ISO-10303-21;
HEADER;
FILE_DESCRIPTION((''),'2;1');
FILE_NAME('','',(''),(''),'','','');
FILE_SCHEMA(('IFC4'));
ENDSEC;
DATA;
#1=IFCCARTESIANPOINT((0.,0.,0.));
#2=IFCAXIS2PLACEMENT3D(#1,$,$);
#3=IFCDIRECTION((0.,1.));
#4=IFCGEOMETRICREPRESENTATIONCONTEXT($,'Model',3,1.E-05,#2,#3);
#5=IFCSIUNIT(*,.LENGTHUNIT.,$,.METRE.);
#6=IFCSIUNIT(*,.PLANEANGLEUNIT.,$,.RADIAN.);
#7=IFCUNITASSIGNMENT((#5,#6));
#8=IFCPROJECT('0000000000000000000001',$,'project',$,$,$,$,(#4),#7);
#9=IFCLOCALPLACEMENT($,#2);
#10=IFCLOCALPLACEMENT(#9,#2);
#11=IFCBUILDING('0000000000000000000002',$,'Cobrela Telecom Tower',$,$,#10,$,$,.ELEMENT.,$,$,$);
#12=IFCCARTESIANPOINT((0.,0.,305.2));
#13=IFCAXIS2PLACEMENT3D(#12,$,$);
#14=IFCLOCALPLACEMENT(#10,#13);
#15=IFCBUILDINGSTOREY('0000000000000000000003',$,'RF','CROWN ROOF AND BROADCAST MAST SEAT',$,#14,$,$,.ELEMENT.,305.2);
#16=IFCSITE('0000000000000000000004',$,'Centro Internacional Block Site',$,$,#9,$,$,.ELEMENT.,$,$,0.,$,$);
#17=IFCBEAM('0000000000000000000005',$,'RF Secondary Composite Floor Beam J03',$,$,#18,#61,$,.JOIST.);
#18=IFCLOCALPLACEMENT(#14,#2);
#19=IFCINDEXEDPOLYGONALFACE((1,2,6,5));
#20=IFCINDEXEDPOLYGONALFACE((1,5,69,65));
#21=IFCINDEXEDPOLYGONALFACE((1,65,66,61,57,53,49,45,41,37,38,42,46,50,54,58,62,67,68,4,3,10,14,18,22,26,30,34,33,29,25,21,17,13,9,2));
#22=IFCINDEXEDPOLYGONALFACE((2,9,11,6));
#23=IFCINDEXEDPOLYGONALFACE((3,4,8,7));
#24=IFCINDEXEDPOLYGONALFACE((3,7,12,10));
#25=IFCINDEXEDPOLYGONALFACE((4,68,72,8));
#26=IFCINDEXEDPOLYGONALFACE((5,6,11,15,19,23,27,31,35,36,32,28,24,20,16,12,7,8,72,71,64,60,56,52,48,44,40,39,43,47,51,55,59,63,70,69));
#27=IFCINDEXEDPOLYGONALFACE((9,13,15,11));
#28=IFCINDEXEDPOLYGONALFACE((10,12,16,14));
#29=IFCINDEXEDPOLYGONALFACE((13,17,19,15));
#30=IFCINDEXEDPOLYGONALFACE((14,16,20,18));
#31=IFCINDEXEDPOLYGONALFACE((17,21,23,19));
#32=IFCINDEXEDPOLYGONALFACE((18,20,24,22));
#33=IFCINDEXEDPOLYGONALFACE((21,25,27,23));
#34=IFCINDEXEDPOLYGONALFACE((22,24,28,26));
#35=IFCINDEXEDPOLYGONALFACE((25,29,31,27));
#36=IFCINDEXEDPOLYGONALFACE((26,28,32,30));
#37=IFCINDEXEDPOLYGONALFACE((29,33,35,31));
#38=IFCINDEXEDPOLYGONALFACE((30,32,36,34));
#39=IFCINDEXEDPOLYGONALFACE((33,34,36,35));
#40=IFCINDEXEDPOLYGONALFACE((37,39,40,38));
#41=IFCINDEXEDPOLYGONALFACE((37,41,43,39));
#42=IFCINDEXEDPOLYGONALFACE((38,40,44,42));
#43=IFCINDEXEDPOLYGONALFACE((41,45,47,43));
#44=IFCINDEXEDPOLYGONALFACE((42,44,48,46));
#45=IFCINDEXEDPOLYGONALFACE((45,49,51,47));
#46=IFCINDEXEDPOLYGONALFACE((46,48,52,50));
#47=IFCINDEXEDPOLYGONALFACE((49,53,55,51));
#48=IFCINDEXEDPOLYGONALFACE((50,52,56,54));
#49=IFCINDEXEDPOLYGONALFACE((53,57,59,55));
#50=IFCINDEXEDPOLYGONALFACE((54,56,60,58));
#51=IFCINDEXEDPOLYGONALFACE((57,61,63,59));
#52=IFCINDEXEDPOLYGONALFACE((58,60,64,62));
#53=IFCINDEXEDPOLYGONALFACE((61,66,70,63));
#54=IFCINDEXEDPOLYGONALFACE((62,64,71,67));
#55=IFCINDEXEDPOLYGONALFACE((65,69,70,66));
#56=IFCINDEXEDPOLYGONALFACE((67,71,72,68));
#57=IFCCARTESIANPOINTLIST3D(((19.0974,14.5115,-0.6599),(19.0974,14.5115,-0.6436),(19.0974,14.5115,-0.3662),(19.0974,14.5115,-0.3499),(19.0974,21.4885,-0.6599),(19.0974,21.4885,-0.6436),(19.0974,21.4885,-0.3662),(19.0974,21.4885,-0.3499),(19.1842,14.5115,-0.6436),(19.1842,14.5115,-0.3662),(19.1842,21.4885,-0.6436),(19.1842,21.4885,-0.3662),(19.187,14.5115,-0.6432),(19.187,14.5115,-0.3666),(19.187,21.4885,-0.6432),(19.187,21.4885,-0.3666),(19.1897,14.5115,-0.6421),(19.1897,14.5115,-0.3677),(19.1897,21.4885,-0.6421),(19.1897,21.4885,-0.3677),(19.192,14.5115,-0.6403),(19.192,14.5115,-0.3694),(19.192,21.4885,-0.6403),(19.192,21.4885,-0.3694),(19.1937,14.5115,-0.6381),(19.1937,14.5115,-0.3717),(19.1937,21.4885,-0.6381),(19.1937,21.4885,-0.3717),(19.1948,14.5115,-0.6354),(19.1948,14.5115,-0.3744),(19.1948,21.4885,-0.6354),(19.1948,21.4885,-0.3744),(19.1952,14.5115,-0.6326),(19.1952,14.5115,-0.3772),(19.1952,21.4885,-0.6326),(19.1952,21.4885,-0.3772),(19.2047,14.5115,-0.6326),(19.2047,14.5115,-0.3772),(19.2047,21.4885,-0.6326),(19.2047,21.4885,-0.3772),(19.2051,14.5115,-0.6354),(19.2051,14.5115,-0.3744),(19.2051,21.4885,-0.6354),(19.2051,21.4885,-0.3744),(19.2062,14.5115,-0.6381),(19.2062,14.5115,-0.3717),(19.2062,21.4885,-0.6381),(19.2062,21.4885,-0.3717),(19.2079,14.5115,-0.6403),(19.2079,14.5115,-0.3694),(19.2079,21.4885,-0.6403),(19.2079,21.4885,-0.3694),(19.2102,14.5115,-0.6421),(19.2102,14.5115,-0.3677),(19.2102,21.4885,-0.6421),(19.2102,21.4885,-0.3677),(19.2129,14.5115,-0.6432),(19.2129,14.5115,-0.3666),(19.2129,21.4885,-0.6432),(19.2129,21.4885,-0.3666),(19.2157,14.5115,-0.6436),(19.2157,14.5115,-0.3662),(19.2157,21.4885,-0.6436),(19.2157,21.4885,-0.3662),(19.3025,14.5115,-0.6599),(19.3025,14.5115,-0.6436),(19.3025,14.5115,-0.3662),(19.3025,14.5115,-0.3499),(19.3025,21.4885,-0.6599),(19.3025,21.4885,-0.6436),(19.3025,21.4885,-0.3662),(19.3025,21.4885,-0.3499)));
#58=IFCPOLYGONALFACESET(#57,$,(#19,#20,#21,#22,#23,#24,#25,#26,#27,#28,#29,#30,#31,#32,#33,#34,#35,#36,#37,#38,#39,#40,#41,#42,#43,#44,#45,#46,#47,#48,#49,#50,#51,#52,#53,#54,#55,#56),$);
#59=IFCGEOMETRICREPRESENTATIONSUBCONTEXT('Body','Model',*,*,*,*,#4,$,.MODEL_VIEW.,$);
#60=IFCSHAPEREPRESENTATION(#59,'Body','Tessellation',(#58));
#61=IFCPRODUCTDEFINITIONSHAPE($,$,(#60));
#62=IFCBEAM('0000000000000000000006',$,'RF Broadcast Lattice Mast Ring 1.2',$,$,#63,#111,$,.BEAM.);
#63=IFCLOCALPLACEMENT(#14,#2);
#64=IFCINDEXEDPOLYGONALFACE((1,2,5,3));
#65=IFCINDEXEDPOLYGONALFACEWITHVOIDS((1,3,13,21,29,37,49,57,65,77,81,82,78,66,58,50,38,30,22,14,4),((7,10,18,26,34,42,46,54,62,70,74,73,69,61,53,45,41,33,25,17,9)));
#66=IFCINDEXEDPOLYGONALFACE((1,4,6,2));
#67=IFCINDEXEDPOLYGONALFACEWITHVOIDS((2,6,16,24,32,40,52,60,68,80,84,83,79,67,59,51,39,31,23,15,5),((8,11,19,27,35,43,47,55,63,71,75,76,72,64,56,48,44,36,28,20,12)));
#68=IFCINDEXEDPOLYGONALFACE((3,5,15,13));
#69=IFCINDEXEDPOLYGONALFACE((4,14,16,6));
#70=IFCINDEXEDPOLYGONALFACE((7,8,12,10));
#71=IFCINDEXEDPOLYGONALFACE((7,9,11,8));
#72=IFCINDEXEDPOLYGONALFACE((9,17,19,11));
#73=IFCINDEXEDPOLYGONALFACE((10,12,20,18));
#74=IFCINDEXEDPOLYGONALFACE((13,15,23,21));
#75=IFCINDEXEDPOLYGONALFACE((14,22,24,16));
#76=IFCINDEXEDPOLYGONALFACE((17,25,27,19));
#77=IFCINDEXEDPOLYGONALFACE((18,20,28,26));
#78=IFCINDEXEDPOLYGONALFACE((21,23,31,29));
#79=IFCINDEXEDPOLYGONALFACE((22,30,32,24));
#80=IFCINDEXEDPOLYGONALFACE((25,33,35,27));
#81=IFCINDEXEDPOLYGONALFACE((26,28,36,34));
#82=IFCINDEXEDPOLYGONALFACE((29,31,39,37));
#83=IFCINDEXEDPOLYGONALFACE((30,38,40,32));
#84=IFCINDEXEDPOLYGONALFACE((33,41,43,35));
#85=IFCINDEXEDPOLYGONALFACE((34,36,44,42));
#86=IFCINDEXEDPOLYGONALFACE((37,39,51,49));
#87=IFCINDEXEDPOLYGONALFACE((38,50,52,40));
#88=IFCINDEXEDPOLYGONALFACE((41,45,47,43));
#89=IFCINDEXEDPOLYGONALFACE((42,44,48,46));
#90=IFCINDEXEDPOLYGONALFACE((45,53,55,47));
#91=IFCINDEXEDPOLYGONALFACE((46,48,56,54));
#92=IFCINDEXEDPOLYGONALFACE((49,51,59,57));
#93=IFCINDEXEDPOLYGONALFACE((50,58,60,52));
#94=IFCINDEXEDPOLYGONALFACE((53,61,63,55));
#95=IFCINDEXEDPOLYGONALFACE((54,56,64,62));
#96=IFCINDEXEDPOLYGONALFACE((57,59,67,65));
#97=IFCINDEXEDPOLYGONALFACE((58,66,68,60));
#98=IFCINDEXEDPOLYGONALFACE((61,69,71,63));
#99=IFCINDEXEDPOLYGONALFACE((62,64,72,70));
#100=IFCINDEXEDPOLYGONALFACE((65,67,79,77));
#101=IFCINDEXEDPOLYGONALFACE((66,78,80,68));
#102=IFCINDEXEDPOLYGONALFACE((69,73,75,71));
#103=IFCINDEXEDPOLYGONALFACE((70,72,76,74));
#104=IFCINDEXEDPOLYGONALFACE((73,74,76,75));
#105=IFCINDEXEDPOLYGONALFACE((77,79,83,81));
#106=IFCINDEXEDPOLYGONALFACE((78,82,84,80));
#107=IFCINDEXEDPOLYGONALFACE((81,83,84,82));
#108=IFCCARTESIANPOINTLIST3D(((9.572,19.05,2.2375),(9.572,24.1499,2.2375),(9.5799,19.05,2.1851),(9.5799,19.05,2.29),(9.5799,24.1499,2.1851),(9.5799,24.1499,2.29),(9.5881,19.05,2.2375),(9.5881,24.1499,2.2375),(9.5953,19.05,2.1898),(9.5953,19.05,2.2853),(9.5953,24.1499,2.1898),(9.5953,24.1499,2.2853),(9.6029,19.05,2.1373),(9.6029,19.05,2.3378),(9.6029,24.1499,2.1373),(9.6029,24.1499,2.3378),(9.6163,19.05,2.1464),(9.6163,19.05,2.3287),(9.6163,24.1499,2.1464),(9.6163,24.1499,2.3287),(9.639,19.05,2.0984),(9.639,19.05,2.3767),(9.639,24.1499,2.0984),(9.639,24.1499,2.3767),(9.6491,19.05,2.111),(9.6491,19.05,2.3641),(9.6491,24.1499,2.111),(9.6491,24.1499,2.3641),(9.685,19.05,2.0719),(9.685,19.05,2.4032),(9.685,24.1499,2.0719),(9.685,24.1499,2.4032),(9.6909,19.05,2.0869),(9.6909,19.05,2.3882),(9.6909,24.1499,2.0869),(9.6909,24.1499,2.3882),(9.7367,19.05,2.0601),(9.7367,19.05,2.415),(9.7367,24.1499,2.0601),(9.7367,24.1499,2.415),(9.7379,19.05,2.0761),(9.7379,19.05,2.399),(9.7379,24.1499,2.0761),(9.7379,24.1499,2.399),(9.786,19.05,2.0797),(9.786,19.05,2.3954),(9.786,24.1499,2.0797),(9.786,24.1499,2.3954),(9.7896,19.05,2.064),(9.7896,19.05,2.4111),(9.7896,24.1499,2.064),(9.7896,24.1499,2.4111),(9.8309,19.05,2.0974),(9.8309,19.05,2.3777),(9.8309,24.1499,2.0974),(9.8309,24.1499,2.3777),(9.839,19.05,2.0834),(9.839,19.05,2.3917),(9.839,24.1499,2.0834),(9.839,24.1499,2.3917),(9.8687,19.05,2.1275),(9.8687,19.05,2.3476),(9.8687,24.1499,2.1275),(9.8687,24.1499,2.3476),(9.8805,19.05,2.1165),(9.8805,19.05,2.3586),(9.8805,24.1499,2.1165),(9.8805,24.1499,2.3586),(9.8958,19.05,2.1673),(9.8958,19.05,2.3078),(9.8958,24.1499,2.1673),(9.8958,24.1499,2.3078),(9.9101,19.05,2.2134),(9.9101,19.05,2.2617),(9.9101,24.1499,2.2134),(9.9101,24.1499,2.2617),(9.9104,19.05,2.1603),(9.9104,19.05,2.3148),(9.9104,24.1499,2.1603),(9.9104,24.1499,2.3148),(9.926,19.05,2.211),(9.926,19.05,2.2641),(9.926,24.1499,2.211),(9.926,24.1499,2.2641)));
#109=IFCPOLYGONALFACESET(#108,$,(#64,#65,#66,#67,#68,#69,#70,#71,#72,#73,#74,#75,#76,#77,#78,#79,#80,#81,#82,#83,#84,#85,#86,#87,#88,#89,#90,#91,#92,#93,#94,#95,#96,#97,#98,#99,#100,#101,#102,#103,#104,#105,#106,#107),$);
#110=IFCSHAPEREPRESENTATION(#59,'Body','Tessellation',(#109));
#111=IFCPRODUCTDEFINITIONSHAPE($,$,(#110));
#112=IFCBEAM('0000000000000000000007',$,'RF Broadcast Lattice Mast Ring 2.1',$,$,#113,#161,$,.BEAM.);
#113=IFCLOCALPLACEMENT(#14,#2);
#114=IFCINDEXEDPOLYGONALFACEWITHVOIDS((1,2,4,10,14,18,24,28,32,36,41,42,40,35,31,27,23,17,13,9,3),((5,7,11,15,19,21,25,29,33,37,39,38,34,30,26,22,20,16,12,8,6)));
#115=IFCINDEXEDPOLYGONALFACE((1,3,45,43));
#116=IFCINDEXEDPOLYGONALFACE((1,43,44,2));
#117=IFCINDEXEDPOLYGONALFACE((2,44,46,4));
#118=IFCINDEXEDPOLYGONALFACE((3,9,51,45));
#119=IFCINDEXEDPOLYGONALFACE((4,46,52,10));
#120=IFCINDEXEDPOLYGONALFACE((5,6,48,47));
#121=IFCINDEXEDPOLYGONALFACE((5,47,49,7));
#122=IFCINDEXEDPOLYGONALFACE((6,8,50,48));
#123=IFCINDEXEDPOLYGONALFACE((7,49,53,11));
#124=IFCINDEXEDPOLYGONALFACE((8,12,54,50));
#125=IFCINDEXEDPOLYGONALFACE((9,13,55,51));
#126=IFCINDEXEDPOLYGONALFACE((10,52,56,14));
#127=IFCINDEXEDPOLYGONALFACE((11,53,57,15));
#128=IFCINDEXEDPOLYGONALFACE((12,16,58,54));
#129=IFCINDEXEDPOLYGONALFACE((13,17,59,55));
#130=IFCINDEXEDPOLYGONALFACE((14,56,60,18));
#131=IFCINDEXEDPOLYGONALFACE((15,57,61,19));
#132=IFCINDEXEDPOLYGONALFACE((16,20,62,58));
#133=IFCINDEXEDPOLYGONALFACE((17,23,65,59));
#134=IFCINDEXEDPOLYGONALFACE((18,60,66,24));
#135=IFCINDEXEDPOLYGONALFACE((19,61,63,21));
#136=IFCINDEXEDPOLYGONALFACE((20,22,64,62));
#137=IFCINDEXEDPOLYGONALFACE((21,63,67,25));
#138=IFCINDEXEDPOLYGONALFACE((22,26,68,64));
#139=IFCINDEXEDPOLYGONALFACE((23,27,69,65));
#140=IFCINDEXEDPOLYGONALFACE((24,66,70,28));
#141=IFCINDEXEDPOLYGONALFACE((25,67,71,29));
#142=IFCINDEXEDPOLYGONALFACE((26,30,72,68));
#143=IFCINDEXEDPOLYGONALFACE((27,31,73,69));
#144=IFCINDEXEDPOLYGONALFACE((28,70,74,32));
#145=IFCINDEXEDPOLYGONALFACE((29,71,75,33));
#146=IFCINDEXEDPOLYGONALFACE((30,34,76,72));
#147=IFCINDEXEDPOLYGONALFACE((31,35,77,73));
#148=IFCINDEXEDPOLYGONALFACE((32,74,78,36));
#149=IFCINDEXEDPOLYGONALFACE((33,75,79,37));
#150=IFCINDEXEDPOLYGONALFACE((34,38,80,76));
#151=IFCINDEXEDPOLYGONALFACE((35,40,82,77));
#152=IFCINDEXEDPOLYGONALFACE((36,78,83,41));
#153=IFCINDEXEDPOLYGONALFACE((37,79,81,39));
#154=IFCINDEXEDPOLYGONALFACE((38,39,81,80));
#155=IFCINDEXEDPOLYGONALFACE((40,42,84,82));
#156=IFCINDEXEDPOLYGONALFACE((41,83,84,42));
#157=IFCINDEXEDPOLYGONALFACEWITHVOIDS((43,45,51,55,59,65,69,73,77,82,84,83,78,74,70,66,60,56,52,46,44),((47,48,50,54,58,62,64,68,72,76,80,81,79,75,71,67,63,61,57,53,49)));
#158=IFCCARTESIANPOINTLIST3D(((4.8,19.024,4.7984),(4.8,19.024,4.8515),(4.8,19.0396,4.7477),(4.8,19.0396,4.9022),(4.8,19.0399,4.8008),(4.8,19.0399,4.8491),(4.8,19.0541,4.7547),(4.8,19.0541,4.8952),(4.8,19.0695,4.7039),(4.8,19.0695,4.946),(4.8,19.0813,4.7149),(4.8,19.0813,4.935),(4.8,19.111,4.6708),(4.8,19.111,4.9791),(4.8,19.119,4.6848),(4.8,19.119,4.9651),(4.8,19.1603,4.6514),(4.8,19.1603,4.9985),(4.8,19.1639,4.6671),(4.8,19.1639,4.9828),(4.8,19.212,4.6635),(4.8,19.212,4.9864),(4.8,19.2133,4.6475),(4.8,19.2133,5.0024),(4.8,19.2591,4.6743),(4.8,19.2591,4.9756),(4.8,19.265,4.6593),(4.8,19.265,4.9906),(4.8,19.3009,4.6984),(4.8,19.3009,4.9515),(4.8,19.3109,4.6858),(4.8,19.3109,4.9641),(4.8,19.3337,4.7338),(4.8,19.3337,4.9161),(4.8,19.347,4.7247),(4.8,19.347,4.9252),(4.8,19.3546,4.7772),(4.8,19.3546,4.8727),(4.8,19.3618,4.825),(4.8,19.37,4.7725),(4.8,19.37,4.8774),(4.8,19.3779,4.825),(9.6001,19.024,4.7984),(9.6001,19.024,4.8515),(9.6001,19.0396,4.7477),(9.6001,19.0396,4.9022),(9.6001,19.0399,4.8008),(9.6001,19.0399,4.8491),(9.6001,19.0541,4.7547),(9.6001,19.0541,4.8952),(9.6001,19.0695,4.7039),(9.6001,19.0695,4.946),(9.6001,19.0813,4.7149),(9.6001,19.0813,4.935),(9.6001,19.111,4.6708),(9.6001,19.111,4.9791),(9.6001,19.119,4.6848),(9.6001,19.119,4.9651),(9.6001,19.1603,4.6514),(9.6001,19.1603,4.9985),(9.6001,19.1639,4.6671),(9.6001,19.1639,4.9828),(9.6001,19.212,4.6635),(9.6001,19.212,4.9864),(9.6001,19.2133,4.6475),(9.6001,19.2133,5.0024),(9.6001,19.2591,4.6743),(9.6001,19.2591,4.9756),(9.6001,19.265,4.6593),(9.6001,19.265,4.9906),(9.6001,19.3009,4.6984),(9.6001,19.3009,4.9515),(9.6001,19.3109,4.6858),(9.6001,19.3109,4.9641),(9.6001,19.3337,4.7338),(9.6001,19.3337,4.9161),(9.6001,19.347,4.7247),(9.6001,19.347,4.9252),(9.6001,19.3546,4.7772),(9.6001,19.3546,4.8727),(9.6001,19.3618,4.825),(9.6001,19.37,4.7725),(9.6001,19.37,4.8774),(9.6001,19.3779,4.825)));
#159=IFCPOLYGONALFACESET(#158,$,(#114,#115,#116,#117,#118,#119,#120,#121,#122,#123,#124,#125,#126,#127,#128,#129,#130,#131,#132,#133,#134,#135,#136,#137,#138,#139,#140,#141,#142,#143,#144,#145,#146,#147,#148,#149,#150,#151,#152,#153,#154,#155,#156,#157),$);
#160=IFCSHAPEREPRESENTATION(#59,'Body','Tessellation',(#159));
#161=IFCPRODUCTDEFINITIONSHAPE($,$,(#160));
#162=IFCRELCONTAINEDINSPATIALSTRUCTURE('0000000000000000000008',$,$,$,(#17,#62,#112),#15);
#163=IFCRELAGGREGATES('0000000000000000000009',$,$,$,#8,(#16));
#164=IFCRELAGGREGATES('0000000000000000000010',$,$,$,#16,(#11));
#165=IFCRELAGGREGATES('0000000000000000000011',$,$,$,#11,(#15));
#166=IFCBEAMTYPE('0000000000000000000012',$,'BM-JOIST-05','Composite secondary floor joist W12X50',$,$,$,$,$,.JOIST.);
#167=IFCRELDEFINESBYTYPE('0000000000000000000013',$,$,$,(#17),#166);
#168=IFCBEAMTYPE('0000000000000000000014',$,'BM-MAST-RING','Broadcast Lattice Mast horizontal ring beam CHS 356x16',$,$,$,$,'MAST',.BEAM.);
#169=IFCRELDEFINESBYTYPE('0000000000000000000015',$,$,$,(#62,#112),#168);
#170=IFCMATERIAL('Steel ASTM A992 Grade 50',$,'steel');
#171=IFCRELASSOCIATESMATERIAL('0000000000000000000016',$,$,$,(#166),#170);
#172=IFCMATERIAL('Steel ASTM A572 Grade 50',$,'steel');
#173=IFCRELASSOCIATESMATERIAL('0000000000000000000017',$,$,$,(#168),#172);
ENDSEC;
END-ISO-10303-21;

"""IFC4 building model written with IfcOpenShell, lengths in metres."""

from ifc_helpers import new_model, si_unit, direction, frame, origin, origin_2d, place, context, subcontext, project, spatial, hollow_circle, i_section, extrude, material, material_profile, profile_set, type_object, element, save


model = new_model("IFC4")

# Units and contexts
model_context = context("Model", 3, precision=1e-05, world=origin(), true_north=direction((0.0, 1.0)))
body_context = subcontext(model_context, "Body", "Model", "MODEL_VIEW")
ifc_project = project(units=[si_unit("LENGTHUNIT", "METRE"), si_unit("PLANEANGLEUNIT", "RADIAN")], contexts=[model_context])

# Site, building, storey
site_placement = place(None, origin())
site = spatial("IfcSite", under=ifc_project, at=site_placement, Name="Centro Internacional Block Site", CompositionType="ELEMENT", RefElevation=0.0)
building_placement = place(site_placement, origin())
building = spatial("IfcBuilding", under=site, at=building_placement, Name="Cobrela Telecom Tower", CompositionType="ELEMENT")
storey_placement = place(building_placement, frame((0.0, 0.0, 305.2)))
storey = spatial("IfcBuildingStorey", under=building, at=storey_placement, Name="RF", Description="CROWN ROOF AND BROADCAST MAST SEAT", CompositionType="ELEMENT", Elevation=305.2)

# Shared definitions
ifc_material_1 = material(Name="Steel ASTM A572 Grade 50", Category="steel")

# Beams
ifc_material_2 = material(Name="Steel ASTM A992 Grade 50", Category="steel")
ifc_material_profile_1 = material_profile(ifc_material_2, i_section(OverallWidth=0.2051, OverallDepth=0.3101, WebThickness=0.0095, FlangeThickness=0.0164, FilletRadius=0.011, at=origin_2d()), Name="W12X50")
ifc_profile_set_1 = profile_set([ifc_material_profile_1], Name="Steel ASTM A992 Grade 50")
beam_type_1 = type_object("IfcBeamType", Name="BM-JOIST-05", Description="Composite secondary floor joist W12X50", PredefinedType="JOIST", material=ifc_profile_set_1)
for number, where, z_axis, x_axis, name in (
    (1, (19.2, 14.5115, -0.5049), (0.0, 1.0, 0.0), (-1.0, 0.0, 0.0), "RF Secondary Composite Floor Beam J03"),
):
    element("IfcBeam", number, at=place(storey_placement, frame(where, z_axis=z_axis, x_axis=x_axis)), inside=storey, type_object=beam_type_1, Name=name, PredefinedType="JOIST", context=body_context, shape_type="SweptSolid", body=[
        extrude(i_section(OverallWidth=0.2051, OverallDepth=0.3101, WebThickness=0.0095, FlangeThickness=0.0164, FilletRadius=0.011, at=origin_2d()), origin(), (0.0, 0.0, 1.0), 6.9771),
    ])
ifc_material_profile_2 = material_profile(ifc_material_1, hollow_circle(Radius=0.178, WallThickness=0.0161, at=origin_2d()), Name="CHS 356x16")
ifc_profile_set_2 = profile_set([ifc_material_profile_2], Name="Steel ASTM A572 Grade 50")
beam_type_2 = type_object("IfcBeamType", Name="BM-MAST-RING", Description="Broadcast Lattice Mast horizontal ring beam CHS 356x16", ElementType="MAST", PredefinedType="BEAM", material=ifc_profile_set_2)
beam_1_placement = place(storey_placement, frame((9.75, 19.05, 2.2375), z_axis=(0.0, 1.0, 0.0), x_axis=(-1.0, 0.0, 0.0)))
element("IfcBeam", 2, at=beam_1_placement, inside=storey, type_object=beam_type_2, Name="RF Broadcast Lattice Mast Ring 1.2", PredefinedType="BEAM", context=body_context, shape_type="SweptSolid", body=[
    extrude(hollow_circle(Radius=0.178, WallThickness=0.0161, at=origin_2d()), origin(), (0.0, 0.0, 1.0), 5.0999),
])
for number, where, z_axis, x_axis, name in (
    (3, (4.8, 19.2, 4.825), (1.0, 0.0, 0.0), (0.0, 1.0, 0.0), "RF Broadcast Lattice Mast Ring 2.1"),
):
    element("IfcBeam", number, at=place(storey_placement, frame(where, z_axis=z_axis, x_axis=x_axis)), inside=storey, type_object=beam_type_2, Name=name, PredefinedType="BEAM", context=body_context, shape_type="SweptSolid", body=[
        extrude(hollow_circle(Radius=0.178, WallThickness=0.0161, at=origin_2d()), origin(), (0.0, 0.0, 1.0), 4.8),
    ])

save(model, "model.ifc")
